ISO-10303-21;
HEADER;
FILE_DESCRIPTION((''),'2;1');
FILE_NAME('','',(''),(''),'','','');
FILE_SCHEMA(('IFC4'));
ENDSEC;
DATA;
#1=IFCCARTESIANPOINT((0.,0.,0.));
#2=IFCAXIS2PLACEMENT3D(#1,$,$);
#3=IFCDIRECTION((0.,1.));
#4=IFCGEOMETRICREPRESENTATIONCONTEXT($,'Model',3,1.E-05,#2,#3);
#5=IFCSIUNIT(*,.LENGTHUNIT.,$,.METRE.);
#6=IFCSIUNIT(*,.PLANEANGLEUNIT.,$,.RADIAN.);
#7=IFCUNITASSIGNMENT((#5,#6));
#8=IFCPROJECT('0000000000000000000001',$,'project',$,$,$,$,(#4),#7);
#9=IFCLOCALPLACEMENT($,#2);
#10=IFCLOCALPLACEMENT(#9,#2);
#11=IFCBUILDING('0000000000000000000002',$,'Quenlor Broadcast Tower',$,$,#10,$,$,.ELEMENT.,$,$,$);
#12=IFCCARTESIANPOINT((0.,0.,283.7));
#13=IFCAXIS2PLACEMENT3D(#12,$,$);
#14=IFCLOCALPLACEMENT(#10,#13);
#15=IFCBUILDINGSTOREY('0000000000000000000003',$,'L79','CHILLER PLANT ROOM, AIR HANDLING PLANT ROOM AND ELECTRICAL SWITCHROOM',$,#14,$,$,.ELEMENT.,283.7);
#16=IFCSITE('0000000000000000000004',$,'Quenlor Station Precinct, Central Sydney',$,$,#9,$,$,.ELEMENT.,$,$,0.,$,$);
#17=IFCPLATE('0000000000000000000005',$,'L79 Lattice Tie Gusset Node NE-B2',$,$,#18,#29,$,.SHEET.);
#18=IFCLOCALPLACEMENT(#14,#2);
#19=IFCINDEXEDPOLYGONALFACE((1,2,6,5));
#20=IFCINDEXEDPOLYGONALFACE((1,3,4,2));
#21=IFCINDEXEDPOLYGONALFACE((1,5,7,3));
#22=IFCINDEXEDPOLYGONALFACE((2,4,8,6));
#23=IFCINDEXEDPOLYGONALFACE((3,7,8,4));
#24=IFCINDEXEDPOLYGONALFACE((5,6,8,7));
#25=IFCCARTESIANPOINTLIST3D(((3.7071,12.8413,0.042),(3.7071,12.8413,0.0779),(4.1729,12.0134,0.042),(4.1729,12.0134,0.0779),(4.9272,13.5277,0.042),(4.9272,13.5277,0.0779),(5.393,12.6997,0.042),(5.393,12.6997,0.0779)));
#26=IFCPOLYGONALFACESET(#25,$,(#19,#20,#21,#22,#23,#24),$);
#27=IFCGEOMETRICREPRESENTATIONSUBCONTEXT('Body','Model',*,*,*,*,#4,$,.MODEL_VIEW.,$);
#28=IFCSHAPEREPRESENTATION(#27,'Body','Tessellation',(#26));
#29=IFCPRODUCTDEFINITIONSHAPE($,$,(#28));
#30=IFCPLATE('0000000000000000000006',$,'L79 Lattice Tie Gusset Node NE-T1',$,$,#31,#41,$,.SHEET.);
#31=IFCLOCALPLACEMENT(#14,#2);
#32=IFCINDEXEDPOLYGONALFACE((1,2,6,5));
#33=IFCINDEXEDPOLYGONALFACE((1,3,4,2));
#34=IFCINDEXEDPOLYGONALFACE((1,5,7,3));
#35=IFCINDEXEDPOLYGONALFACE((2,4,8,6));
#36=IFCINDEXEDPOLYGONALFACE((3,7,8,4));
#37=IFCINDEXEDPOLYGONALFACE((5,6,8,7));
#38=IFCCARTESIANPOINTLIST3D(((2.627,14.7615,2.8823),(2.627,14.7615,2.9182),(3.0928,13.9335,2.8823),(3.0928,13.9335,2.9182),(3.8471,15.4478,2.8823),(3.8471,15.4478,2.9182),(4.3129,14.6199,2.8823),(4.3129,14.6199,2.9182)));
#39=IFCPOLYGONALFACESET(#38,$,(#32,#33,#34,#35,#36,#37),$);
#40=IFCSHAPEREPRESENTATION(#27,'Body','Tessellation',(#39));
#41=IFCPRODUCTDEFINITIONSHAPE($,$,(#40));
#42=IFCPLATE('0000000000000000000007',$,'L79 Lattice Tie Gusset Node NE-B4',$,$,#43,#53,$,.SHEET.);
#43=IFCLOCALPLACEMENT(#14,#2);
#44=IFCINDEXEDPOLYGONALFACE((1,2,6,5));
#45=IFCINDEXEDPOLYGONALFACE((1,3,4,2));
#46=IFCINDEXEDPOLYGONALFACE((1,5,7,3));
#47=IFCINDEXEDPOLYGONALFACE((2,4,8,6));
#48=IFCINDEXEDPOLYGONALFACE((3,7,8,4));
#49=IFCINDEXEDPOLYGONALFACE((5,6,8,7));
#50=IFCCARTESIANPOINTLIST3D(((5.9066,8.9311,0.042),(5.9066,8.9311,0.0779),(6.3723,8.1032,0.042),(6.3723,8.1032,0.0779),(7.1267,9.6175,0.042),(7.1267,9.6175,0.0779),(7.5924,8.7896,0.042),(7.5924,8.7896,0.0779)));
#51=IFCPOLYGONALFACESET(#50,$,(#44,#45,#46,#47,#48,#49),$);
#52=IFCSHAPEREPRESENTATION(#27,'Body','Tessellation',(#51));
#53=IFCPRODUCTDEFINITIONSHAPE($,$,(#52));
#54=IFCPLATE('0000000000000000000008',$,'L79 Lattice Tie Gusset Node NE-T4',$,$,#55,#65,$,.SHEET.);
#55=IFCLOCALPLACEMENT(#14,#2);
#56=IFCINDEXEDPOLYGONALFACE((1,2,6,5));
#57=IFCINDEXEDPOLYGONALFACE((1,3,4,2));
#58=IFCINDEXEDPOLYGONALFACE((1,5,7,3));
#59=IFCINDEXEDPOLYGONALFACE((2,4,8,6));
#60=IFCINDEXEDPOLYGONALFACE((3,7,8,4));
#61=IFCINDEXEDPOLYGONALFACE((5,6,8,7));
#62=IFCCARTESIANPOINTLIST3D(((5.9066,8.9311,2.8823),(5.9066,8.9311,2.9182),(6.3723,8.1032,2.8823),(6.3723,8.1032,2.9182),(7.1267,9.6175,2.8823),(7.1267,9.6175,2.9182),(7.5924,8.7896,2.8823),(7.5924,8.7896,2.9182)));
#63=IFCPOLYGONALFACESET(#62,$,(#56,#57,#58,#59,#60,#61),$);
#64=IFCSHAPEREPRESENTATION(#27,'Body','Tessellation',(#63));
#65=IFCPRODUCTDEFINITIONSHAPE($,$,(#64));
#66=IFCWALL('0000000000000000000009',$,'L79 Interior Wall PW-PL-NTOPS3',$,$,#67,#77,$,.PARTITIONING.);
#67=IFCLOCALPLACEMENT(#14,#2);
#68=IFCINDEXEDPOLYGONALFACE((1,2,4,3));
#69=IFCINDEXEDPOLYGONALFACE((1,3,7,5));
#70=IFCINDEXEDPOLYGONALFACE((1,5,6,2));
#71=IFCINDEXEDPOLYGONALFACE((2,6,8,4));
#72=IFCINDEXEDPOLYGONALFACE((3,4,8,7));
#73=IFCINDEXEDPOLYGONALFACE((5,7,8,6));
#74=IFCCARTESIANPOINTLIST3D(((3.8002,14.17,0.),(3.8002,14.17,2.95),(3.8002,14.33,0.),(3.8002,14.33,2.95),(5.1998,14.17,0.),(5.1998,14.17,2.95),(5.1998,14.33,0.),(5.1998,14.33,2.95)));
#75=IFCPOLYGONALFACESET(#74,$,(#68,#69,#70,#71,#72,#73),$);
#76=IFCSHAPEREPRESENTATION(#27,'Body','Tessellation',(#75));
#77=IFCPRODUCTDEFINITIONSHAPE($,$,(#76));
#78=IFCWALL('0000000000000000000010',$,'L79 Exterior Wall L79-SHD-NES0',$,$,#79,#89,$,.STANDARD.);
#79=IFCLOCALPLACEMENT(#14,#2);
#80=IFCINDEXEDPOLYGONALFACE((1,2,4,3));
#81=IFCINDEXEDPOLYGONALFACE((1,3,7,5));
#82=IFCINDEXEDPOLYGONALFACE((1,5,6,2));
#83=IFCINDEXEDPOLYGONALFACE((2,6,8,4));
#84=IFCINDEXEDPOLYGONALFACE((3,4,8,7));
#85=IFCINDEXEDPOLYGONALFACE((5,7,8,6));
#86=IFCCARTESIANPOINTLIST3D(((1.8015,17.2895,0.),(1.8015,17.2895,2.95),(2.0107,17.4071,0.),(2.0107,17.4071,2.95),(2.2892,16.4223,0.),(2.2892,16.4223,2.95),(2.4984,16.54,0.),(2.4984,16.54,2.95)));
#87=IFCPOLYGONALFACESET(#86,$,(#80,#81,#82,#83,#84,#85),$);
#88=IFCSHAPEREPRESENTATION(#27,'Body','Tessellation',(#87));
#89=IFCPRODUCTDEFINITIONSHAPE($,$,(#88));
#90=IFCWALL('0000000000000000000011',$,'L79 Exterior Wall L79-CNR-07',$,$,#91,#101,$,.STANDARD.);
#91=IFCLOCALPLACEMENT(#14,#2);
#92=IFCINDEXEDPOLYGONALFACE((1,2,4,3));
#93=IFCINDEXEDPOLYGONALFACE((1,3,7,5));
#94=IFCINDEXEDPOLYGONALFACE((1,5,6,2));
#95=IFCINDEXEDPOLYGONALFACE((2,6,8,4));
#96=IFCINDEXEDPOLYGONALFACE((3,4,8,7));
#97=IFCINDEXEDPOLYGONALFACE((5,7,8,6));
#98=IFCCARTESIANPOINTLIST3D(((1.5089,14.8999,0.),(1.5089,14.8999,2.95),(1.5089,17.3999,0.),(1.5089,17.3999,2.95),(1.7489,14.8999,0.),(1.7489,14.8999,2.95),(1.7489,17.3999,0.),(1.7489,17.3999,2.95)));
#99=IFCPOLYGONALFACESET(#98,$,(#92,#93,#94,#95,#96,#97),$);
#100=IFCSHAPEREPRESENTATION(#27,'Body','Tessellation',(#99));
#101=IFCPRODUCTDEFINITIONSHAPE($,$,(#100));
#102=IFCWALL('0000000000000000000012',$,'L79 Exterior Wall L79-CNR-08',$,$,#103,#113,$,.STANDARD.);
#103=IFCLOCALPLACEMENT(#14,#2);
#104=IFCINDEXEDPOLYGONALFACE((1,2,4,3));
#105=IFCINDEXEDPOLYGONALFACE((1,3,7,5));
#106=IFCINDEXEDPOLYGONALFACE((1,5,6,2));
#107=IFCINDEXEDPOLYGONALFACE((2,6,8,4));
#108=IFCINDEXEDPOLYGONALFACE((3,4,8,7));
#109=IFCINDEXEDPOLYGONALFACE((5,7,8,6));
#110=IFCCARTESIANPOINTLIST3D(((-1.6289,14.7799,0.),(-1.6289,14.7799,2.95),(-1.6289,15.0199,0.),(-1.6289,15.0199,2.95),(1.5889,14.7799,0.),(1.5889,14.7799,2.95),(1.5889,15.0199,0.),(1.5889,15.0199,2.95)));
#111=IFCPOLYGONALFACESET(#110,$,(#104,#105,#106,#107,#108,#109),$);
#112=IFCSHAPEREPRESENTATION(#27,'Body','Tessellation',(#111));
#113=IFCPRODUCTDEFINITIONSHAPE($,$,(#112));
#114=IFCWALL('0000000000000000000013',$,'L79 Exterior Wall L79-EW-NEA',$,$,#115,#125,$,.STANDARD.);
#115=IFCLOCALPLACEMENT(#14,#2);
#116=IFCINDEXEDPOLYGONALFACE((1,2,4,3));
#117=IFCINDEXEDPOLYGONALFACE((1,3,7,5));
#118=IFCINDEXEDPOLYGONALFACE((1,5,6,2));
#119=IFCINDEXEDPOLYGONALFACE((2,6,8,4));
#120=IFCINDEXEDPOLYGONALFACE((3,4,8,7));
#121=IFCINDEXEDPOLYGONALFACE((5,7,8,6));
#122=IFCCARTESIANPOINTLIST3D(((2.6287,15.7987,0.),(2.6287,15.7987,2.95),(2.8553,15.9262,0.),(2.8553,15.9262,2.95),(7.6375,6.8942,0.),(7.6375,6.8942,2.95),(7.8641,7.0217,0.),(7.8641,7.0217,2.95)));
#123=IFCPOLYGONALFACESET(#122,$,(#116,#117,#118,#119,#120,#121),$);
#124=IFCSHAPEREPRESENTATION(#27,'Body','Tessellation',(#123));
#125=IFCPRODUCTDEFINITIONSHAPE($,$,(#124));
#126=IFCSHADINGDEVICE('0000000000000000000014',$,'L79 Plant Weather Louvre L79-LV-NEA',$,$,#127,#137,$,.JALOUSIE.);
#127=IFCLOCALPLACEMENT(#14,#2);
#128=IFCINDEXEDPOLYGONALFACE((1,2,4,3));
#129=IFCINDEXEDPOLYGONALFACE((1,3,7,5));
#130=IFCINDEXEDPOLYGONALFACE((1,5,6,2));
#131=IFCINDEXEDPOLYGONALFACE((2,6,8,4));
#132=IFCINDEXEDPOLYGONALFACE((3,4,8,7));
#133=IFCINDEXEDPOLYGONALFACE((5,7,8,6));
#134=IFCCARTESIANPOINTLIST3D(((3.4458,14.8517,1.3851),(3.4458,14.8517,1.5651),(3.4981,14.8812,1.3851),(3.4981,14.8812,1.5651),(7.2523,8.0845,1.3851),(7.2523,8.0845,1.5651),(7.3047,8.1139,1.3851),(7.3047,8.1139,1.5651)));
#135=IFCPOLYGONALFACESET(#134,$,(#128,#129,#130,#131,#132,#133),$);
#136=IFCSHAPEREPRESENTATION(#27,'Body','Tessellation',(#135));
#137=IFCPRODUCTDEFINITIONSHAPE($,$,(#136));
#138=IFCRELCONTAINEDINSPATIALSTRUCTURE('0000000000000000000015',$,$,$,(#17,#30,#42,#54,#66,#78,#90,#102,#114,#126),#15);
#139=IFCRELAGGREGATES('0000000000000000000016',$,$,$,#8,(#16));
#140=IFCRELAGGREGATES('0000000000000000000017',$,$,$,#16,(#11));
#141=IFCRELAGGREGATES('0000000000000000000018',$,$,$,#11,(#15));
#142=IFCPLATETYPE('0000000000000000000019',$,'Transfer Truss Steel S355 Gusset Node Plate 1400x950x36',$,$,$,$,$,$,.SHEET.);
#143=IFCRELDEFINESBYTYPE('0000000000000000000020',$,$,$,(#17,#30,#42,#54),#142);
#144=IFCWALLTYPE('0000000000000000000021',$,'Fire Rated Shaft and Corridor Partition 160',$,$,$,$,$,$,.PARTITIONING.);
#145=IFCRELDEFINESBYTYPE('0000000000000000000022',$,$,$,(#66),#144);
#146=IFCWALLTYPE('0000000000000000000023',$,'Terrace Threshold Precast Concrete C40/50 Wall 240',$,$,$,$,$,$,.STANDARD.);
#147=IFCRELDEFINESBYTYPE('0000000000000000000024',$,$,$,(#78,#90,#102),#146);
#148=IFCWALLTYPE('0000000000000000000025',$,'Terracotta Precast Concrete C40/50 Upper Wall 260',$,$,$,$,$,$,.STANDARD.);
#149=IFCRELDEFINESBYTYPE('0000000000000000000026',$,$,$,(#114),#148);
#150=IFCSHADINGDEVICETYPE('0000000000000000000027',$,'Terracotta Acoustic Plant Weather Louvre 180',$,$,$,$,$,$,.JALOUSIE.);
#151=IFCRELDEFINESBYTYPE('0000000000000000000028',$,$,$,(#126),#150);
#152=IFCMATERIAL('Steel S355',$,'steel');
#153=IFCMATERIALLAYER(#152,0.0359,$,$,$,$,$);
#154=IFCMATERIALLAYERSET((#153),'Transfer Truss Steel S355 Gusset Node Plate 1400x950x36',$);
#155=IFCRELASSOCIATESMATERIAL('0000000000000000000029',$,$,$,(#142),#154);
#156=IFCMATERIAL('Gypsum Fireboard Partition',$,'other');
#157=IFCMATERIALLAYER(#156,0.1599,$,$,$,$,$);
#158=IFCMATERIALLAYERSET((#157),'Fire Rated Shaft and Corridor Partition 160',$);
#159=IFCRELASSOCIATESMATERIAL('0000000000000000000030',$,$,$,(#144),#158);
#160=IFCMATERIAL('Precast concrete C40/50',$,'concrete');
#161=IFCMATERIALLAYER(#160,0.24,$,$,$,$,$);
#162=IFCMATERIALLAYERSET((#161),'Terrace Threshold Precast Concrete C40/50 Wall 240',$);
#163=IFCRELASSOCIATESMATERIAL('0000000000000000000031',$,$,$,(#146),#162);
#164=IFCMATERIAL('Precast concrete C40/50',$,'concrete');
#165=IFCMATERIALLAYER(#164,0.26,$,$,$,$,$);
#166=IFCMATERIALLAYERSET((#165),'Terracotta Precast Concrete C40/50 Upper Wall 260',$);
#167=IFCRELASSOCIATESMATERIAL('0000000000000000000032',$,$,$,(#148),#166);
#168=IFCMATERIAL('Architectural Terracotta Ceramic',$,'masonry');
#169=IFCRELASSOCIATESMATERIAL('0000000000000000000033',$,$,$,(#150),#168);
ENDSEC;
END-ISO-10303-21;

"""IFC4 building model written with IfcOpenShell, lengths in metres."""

from ifc_helpers import new_model, si_unit, direction, frame, frame_2d, origin, origin_2d, place, context, subcontext, project, spatial, rectangle, extrude, material, layer, layer_set, material_profile, profile_set, type_object, element, save


model = new_model("IFC4")

# Units and contexts
model_context = context("Model", 3, precision=1e-05, world=origin(), true_north=direction((0.0, 1.0)))
body_context = subcontext(model_context, "Body", "Model", "MODEL_VIEW")
ifc_project = project(units=[si_unit("LENGTHUNIT", "METRE"), si_unit("PLANEANGLEUNIT", "RADIAN")], contexts=[model_context])

# Site, building, storey
site_placement = place(None, origin())
site = spatial("IfcSite", under=ifc_project, at=site_placement, Name="Quenlor Station Precinct, Central Sydney", CompositionType="ELEMENT", RefElevation=0.0)
building_placement = place(site_placement, origin())
building = spatial("IfcBuilding", under=site, at=building_placement, Name="Quenlor Broadcast Tower", CompositionType="ELEMENT")
storey_placement = place(building_placement, frame((0.0, 0.0, 283.7)))
storey = spatial("IfcBuildingStorey", under=building, at=storey_placement, Name="L79", Description="CHILLER PLANT ROOM, AIR HANDLING PLANT ROOM AND ELECTRICAL SWITCHROOM", CompositionType="ELEMENT", Elevation=283.7)

# Plates
ifc_material_1 = material(Name="Steel S355", Category="steel")
ifc_layer_1 = layer(ifc_material_1, 0.0359)
ifc_layer_set_1 = layer_set([ifc_layer_1], Name="Transfer Truss Steel S355 Gusset Node Plate 1400x950x36")
plate_type_1 = type_object("IfcPlateType", Name="Transfer Truss Steel S355 Gusset Node Plate 1400x950x36", PredefinedType="SHEET", material=ifc_layer_set_1)
for number, where, z_axis, x_axis, name in (
    (1, (4.55, 12.7705, 0.042), (0.0, 0.0, 1.0), (0.871556, 0.490295, 0.0), "L79 Lattice Tie Gusset Node NE-B2"),
    (2, (3.47, 14.6907, 2.8823), (0.0, 0.0, 1.0), (0.871556, 0.490295, 0.0), "L79 Lattice Tie Gusset Node NE-T1"),
    (3, (6.7495, 8.8604, 0.042), (0.0, 0.0, 1.0), (0.871556, 0.490295, 0.0), "L79 Lattice Tie Gusset Node NE-B4"),
    (4, (6.7495, 8.8604, 2.8823), (0.0, 0.0, 1.0), (0.871556, 0.490295, 0.0), "L79 Lattice Tie Gusset Node NE-T4"),
):
    element("IfcPlate", number, at=place(storey_placement, frame(where, z_axis=z_axis, x_axis=x_axis)), inside=storey, type_object=plate_type_1, Name=name, PredefinedType="SHEET", context=body_context, shape_type="SweptSolid", body=[
        extrude(rectangle(XDim=1.3999, YDim=0.95, at=origin_2d()), origin(), (0.0, 0.0, 1.0), 0.0359),
    ])

# Walls
ifc_material_2 = material(Name="Gypsum Fireboard Partition", Category="other")
ifc_layer_2 = layer(ifc_material_2, 0.1599)
ifc_layer_set_2 = layer_set([ifc_layer_2], Name="Fire Rated Shaft and Corridor Partition 160")
wall_type_1 = type_object("IfcWallType", Name="Fire Rated Shaft and Corridor Partition 160", PredefinedType="PARTITIONING", material=ifc_layer_set_2)
wall_1_placement = place(storey_placement, frame((3.8003, 14.25, 0.0), z_axis=(0.0, 0.0, 1.0), x_axis=(1.0, 0.0, 0.0)))
element("IfcWall", 5, at=wall_1_placement, inside=storey, type_object=wall_type_1, Name="L79 Interior Wall PW-PL-NTOPS3", PredefinedType="PARTITIONING", context=body_context, shape_type="SweptSolid", body=[
    extrude(rectangle(XDim=1.3997, YDim=0.1599, at=frame_2d((0.6997, 0.0))), origin(), (0.0, 0.0, 1.0), 2.95),
])
ifc_material_3 = material(Name="Precast concrete C40/50", Category="concrete")
ifc_layer_3 = layer(ifc_material_3, 0.24)
ifc_layer_set_3 = layer_set([ifc_layer_3], Name="Terrace Threshold Precast Concrete C40/50 Wall 240")
wall_type_2 = type_object("IfcWallType", Name="Terrace Threshold Precast Concrete C40/50 Wall 240", PredefinedType="STANDARD", material=ifc_layer_set_3)
wall_2_placement = place(storey_placement, frame((1.906, 17.3484, 0.0), z_axis=(0.0, 0.0, 1.0), x_axis=(0.490261, -0.871576, 0.0)))
element("IfcWall", 6, at=wall_2_placement, inside=storey, type_object=wall_type_2, Name="L79 Exterior Wall L79-SHD-NES0", PredefinedType="STANDARD", context=body_context, shape_type="SweptSolid", body=[
    extrude(rectangle(XDim=0.9949, YDim=0.24, at=frame_2d((0.4976, 0.0))), origin(), (0.0, 0.0, 1.0), 2.95),
])
wall_3_placement = place(storey_placement, frame((1.6289, 17.3999, 0.0), z_axis=(0.0, 0.0, 1.0), x_axis=(0.0, -1.0, 0.0)))
element("IfcWall", 7, at=wall_3_placement, inside=storey, type_object=wall_type_2, Name="L79 Exterior Wall L79-CNR-07", PredefinedType="STANDARD", context=body_context, shape_type="SweptSolid", body=[
    extrude(rectangle(XDim=2.5, YDim=0.24, at=frame_2d((1.25, 0.0))), origin(), (0.0, 0.0, 1.0), 2.95),
])
wall_4_placement = place(storey_placement, frame((1.5889, 14.8999, 0.0), z_axis=(0.0, 0.0, 1.0), x_axis=(-1.0, 0.0, 0.0)))
element("IfcWall", 8, at=wall_4_placement, inside=storey, type_object=wall_type_2, Name="L79 Exterior Wall L79-CNR-08", PredefinedType="STANDARD", context=body_context, shape_type="SweptSolid", body=[
    extrude(rectangle(XDim=3.2178, YDim=0.24, at=frame_2d((1.6089, 0.0))), origin(), (0.0, 0.0, 1.0), 2.95),
])
ifc_material_4 = material(Name="Precast concrete C40/50", Category="concrete")
ifc_layer_4 = layer(ifc_material_4, 0.26)
ifc_layer_set_4 = layer_set([ifc_layer_4], Name="Terracotta Precast Concrete C40/50 Upper Wall 260")
wall_type_3 = type_object("IfcWallType", Name="Terracotta Precast Concrete C40/50 Upper Wall 260", PredefinedType="STANDARD", material=ifc_layer_set_4)
wall_5_placement = place(storey_placement, frame((2.7419, 15.8625, 0.0), z_axis=(0.0, 0.0, 1.0), x_axis=(0.49026, -0.871576, 0.0)))
element("IfcWall", 9, at=wall_5_placement, inside=storey, type_object=wall_type_3, Name="L79 Exterior Wall L79-EW-NEA", PredefinedType="STANDARD", context=body_context, shape_type="SweptSolid", body=[
    extrude(rectangle(XDim=10.2166, YDim=0.26, at=frame_2d((5.1084, 0.0))), origin(), (0.0, 0.0, 1.0), 2.95),
])

# Shading device
ifc_material_5 = material(Name="Architectural Terracotta Ceramic", Category="masonry")
ifc_material_profile_1 = material_profile(ifc_material_5, rectangle(XDim=0.0601, YDim=0.1799, at=origin_2d()))
ifc_profile_set_1 = profile_set([ifc_material_profile_1], Name="Architectural Terracotta Ceramic LVR60x180")
shading_device_type = type_object("IfcShadingDeviceType", Name="Terracotta Acoustic Plant Weather Louvre 180", PredefinedType="JALOUSIE", material=ifc_profile_set_1)
shading_device_placement = place(storey_placement, frame((3.4719, 14.8665, 1.4751), z_axis=(0.490263, -0.871575, 0.0), x_axis=(0.871575, 0.490263, 0.0)))
element("IfcShadingDevice", 10, at=shading_device_placement, inside=storey, type_object=shading_device_type, Name="L79 Plant Weather Louvre L79-LV-NEA", PredefinedType="JALOUSIE", context=body_context, shape_type="SweptSolid", body=[
    extrude(rectangle(XDim=0.0601, YDim=0.1799, at=origin_2d()), origin(), (0.0, 0.0, 1.0), 7.7644),
])

save(model, "model.ifc")
